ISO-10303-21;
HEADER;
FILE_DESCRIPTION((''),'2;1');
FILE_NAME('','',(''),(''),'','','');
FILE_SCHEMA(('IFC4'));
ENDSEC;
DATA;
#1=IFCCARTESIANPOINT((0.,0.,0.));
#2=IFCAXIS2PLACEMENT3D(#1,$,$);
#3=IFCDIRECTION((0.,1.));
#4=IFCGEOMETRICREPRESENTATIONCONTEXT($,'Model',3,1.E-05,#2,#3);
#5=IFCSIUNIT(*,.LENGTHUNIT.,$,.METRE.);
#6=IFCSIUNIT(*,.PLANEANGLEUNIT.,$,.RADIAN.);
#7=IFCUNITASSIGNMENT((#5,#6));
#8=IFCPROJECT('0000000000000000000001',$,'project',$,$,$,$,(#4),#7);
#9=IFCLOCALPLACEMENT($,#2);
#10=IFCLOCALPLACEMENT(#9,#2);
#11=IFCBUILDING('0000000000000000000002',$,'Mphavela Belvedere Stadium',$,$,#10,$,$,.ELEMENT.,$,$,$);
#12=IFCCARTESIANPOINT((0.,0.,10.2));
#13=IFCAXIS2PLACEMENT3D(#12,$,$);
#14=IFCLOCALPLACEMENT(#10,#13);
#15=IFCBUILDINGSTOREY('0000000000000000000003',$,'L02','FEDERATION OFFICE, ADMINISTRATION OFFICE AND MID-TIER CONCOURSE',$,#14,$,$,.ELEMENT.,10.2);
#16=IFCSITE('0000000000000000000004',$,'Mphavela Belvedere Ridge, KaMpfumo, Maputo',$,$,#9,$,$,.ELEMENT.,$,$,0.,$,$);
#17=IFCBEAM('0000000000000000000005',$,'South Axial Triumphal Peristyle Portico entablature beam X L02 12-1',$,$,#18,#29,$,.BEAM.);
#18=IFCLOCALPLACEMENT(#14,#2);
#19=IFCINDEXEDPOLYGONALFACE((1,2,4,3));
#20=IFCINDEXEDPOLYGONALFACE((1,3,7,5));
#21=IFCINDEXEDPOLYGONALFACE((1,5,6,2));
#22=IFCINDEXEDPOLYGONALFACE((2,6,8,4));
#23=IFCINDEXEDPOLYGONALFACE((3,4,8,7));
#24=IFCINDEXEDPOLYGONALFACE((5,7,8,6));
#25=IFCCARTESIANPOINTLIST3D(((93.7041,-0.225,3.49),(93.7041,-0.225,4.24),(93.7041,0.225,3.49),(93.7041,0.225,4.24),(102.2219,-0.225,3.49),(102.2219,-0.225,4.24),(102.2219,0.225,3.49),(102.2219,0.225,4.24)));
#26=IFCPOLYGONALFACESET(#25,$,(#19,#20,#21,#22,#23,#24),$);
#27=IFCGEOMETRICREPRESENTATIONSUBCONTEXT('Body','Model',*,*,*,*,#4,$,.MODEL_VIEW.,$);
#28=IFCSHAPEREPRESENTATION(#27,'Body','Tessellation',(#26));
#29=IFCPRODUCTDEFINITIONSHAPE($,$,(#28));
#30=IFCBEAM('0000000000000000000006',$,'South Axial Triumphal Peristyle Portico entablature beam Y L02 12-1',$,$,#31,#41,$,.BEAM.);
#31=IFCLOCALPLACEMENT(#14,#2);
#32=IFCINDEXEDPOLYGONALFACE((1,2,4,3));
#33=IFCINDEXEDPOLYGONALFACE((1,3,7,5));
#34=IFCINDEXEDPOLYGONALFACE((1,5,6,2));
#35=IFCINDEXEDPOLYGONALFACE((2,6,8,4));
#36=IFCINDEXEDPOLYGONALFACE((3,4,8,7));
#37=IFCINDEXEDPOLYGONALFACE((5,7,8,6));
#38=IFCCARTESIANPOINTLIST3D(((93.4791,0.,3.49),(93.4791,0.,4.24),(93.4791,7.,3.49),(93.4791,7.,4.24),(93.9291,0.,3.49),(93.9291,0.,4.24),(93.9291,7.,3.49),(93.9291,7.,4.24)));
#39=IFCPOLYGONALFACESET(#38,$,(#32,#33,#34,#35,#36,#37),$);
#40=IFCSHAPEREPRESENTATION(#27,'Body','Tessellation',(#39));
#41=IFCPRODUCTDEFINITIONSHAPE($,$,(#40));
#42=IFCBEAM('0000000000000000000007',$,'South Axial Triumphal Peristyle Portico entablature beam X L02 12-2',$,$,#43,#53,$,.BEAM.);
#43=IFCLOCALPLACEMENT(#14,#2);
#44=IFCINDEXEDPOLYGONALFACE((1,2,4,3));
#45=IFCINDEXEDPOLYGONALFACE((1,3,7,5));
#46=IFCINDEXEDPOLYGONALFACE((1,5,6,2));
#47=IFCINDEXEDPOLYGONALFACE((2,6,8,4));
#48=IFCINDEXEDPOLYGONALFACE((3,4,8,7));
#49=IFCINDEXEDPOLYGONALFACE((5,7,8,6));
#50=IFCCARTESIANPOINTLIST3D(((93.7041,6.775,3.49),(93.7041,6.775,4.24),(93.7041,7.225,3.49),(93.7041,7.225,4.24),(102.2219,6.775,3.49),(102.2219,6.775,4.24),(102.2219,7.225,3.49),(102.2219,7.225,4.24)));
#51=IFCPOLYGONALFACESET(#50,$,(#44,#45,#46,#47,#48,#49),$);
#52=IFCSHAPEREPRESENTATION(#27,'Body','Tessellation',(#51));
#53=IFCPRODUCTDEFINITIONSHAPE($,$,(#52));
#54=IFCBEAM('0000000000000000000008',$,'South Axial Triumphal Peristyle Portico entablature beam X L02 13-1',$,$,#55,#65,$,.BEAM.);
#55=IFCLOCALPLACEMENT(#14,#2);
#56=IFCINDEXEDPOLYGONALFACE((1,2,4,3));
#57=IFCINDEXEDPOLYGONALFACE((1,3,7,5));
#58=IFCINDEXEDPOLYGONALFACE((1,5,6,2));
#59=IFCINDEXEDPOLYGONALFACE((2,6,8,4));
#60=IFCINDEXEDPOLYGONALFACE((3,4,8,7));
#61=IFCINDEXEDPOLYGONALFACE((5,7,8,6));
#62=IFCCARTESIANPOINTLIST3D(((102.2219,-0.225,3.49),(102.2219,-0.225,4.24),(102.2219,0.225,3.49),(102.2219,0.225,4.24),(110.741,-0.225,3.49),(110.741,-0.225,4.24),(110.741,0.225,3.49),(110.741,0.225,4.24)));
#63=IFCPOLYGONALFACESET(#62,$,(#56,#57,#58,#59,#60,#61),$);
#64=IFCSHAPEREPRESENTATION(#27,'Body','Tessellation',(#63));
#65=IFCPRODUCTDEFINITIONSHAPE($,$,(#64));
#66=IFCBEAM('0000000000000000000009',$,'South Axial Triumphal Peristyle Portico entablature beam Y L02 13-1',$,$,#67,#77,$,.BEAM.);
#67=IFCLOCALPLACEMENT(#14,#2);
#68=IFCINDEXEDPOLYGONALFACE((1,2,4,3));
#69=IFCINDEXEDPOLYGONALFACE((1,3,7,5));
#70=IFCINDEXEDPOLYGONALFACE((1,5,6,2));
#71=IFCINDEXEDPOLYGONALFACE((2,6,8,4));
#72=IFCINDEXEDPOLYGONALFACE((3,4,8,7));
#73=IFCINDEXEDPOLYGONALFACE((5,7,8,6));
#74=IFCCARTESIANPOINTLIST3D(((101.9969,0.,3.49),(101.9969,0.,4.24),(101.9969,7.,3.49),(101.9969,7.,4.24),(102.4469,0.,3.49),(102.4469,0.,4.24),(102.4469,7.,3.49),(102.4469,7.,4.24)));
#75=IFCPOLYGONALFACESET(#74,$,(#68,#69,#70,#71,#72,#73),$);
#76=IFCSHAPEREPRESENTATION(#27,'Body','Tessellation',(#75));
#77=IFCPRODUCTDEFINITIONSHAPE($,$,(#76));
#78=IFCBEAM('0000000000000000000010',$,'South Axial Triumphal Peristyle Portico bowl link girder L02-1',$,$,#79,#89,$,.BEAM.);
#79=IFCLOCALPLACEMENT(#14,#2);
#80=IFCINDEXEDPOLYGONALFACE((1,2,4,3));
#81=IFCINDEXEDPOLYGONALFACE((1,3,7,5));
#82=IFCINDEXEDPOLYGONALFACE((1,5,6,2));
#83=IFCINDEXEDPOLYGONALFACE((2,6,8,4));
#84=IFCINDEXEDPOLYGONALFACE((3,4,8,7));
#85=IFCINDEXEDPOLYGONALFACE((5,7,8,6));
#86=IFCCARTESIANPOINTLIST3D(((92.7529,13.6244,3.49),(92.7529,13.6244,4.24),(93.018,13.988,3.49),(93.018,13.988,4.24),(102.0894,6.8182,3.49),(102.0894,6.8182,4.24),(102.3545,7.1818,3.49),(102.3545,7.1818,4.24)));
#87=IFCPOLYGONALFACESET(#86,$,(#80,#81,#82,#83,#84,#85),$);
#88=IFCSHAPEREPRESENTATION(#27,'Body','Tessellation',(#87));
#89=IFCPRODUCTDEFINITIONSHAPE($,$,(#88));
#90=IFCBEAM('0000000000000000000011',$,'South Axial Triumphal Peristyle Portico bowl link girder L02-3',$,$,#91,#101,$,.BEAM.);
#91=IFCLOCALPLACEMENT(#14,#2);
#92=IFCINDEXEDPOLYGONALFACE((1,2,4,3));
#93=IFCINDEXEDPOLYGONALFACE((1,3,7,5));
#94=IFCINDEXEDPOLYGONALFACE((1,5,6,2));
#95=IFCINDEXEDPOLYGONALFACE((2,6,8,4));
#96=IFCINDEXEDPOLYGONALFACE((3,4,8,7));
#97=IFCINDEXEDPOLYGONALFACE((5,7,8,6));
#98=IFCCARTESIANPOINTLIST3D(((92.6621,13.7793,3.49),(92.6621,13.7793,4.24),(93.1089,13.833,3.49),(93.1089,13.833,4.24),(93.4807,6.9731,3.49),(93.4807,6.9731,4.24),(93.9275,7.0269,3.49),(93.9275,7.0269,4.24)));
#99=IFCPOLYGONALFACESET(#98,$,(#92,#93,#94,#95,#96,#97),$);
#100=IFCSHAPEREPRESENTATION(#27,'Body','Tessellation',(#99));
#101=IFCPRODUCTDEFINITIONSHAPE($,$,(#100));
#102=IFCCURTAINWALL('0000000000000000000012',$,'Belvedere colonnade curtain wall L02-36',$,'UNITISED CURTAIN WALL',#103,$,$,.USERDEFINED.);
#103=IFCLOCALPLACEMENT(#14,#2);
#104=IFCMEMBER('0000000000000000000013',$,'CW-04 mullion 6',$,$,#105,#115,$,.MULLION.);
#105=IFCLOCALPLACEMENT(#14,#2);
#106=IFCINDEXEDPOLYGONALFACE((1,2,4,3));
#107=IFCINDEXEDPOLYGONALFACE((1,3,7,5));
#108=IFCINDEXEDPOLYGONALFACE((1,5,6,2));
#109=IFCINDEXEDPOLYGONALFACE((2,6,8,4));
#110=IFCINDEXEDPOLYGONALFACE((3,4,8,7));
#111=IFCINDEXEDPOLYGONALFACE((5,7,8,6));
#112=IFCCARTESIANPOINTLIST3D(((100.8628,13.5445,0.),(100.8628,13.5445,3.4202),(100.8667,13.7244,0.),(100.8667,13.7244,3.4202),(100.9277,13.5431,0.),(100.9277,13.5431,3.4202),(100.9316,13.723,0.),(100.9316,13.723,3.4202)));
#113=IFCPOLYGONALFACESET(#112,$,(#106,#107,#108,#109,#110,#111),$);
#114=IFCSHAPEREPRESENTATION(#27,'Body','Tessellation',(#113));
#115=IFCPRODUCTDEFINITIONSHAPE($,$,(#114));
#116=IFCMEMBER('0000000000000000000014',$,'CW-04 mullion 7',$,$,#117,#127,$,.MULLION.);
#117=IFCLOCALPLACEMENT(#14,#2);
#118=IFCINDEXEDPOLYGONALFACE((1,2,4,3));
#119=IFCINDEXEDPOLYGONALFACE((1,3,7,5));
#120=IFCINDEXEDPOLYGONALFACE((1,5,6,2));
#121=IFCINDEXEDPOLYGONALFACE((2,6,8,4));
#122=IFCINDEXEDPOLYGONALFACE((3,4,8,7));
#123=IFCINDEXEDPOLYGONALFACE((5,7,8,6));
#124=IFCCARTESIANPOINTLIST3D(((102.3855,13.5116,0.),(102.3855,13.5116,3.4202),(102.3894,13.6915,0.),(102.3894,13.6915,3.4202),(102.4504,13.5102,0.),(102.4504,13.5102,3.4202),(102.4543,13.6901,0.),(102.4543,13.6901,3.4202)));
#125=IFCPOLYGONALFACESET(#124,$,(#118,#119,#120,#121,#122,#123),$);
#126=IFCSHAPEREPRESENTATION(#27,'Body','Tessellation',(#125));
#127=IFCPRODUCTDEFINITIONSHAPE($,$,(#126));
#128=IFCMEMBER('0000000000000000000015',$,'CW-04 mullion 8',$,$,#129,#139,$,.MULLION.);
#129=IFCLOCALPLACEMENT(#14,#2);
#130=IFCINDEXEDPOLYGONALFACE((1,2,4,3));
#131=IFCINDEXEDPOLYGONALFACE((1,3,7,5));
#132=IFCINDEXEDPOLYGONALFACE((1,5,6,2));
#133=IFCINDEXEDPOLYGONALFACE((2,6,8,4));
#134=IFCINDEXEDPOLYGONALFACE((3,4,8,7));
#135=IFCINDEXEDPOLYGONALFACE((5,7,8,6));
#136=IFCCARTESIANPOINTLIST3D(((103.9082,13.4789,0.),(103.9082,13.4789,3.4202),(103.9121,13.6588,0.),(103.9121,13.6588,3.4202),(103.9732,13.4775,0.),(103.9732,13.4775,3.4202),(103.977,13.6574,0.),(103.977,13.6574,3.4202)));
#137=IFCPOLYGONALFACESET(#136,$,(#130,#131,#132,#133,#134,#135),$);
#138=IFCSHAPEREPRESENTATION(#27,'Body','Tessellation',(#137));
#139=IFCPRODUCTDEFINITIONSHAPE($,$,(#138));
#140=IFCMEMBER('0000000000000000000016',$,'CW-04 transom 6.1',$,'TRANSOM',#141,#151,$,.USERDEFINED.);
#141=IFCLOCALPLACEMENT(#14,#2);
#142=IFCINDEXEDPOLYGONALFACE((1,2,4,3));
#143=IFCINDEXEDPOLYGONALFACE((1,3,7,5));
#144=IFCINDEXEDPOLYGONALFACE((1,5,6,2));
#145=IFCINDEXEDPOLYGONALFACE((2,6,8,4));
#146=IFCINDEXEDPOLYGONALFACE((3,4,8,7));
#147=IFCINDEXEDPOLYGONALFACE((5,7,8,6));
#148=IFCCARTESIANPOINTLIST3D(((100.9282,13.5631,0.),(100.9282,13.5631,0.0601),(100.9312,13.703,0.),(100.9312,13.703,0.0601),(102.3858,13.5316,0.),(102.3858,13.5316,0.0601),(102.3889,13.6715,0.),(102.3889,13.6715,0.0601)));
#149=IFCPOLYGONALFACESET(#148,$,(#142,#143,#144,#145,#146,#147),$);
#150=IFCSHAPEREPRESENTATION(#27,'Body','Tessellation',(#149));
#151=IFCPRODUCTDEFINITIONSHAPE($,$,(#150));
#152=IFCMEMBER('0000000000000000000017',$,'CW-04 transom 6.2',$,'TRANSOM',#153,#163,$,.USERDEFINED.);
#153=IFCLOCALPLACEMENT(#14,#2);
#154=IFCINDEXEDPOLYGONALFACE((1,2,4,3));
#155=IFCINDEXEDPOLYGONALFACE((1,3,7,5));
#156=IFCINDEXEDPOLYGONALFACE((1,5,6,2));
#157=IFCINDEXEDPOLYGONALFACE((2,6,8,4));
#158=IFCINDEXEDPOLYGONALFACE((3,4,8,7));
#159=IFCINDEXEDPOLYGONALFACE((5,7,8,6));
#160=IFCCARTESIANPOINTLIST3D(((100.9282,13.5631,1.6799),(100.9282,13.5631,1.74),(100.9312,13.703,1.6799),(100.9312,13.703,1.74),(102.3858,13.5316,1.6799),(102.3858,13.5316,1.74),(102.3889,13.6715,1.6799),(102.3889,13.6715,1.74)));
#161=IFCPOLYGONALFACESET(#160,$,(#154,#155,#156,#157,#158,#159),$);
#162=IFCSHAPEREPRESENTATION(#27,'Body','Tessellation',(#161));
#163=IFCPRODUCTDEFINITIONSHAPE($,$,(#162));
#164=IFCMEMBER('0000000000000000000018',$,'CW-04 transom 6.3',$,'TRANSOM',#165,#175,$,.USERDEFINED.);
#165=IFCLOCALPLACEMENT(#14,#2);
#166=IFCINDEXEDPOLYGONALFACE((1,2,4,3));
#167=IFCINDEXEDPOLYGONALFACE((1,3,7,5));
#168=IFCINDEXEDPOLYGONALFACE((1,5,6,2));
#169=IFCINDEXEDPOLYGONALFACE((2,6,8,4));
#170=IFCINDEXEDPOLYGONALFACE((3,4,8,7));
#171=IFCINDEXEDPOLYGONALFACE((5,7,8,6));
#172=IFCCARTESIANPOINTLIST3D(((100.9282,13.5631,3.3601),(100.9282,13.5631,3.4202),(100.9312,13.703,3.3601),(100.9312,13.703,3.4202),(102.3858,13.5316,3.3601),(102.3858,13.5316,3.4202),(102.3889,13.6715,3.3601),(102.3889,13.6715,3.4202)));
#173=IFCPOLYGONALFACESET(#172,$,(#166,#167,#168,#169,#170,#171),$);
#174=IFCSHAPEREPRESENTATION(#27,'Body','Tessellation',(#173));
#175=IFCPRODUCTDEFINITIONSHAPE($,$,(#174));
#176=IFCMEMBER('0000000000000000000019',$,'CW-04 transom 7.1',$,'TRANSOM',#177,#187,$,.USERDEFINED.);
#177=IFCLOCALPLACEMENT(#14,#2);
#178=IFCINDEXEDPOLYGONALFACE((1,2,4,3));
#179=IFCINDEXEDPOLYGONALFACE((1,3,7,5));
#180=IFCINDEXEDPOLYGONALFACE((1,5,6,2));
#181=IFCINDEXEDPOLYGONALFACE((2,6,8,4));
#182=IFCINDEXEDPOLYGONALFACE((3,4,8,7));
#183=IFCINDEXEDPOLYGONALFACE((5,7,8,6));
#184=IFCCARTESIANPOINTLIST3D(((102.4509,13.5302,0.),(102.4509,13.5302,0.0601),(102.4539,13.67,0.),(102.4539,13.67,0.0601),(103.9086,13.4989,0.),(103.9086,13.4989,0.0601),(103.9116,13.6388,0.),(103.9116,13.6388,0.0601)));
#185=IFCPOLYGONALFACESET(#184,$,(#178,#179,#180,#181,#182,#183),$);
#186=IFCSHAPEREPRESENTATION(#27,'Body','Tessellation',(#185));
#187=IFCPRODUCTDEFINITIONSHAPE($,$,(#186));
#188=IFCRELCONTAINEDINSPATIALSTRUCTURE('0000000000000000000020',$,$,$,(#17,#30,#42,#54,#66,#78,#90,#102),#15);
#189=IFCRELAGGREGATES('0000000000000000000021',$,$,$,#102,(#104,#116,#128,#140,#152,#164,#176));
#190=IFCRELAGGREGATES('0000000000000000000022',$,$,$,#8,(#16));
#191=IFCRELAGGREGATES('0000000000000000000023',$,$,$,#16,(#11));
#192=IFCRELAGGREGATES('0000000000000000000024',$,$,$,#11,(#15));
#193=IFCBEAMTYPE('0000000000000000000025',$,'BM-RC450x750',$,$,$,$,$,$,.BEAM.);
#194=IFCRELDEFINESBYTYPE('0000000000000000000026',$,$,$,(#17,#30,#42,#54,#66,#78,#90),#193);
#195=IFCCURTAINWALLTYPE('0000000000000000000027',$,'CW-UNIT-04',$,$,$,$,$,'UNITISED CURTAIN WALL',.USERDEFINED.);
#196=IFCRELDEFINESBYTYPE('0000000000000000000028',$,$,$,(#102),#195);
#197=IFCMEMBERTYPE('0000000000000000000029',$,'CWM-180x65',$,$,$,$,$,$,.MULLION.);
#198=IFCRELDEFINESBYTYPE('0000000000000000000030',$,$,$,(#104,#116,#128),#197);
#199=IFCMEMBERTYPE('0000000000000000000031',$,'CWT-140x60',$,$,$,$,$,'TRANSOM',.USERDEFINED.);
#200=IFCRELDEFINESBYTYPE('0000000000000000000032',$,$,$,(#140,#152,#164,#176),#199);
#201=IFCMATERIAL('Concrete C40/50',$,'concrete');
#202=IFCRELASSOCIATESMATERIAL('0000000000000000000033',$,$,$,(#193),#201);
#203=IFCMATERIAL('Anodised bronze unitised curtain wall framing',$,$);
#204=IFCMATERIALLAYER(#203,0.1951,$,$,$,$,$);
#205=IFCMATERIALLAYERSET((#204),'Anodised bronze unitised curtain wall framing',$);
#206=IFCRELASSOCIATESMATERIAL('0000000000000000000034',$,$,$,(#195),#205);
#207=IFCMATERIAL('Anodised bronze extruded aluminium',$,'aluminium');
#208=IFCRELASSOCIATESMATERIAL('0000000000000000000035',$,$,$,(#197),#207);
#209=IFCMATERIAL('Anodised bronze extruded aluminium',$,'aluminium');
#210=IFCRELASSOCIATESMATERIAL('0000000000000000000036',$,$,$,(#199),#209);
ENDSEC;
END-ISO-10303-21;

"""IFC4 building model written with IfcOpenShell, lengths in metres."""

from ifc_helpers import new_model, si_unit, direction, frame, origin, origin_2d, place, context, subcontext, project, spatial, rectangle, extrude, material, layer, layer_set, material_profile, profile_set, type_object, element, aggregate, save


model = new_model("IFC4")

# Units and contexts
model_context = context("Model", 3, precision=1e-05, world=origin(), true_north=direction((0.0, 1.0)))
body_context = subcontext(model_context, "Body", "Model", "MODEL_VIEW")
ifc_project = project(units=[si_unit("LENGTHUNIT", "METRE"), si_unit("PLANEANGLEUNIT", "RADIAN")], contexts=[model_context])

# Site, building, storey
site_placement = place(None, origin())
site = spatial("IfcSite", under=ifc_project, at=site_placement, Name="Mphavela Belvedere Ridge, KaMpfumo, Maputo", CompositionType="ELEMENT", RefElevation=0.0)
building_placement = place(site_placement, origin())
building = spatial("IfcBuilding", under=site, at=building_placement, Name="Mphavela Belvedere Stadium", CompositionType="ELEMENT")
storey_placement = place(building_placement, frame((0.0, 0.0, 10.2)))
storey = spatial("IfcBuildingStorey", under=building, at=storey_placement, Name="L02", Description="FEDERATION OFFICE, ADMINISTRATION OFFICE AND MID-TIER CONCOURSE", CompositionType="ELEMENT", Elevation=10.2)

# Beams
ifc_material_1 = material(Name="Concrete C40/50", Category="concrete")
ifc_material_profile_1 = material_profile(ifc_material_1, rectangle(XDim=0.45, YDim=0.75, at=origin_2d()), Name="RC 450x750")
ifc_profile_set_1 = profile_set([ifc_material_profile_1], Name="Concrete C40/50")
beam_type_1 = type_object("IfcBeamType", Name="BM-RC450x750", PredefinedType="BEAM", material=ifc_profile_set_1)
beam_1_placement = place(storey_placement, frame((93.7041, 0.0, 3.865), z_axis=(1.0, 0.0, 0.0), x_axis=(0.0, 1.0, 0.0)))
element("IfcBeam", 1, at=beam_1_placement, inside=storey, type_object=beam_type_1, Name="South Axial Triumphal Peristyle Portico entablature beam X L02 12-1", PredefinedType="BEAM", context=body_context, shape_type="SweptSolid", body=[
    extrude(rectangle(XDim=0.45, YDim=0.75, at=origin_2d()), origin(), (0.0, 0.0, 1.0), 8.5178),
])
beam_2_placement = place(storey_placement, frame((93.7041, 0.0, 3.865), z_axis=(0.0, 1.0, 0.0), x_axis=(-1.0, 0.0, 0.0)))
element("IfcBeam", 2, at=beam_2_placement, inside=storey, type_object=beam_type_1, Name="South Axial Triumphal Peristyle Portico entablature beam Y L02 12-1", PredefinedType="BEAM", context=body_context, shape_type="SweptSolid", body=[
    extrude(rectangle(XDim=0.45, YDim=0.75, at=origin_2d()), origin(), (0.0, 0.0, 1.0), 7.0),
])
beam_3_placement = place(storey_placement, frame((93.7041, 7.0, 3.865), z_axis=(1.0, 0.0, 0.0), x_axis=(0.0, 1.0, 0.0)))
element("IfcBeam", 3, at=beam_3_placement, inside=storey, type_object=beam_type_1, Name="South Axial Triumphal Peristyle Portico entablature beam X L02 12-2", PredefinedType="BEAM", context=body_context, shape_type="SweptSolid", body=[
    extrude(rectangle(XDim=0.45, YDim=0.75, at=origin_2d()), origin(), (0.0, 0.0, 1.0), 8.5178),
])
beam_4_placement = place(storey_placement, frame((102.2219, 0.0, 3.865), z_axis=(1.0, 0.0, 0.0), x_axis=(0.0, 1.0, 0.0)))
element("IfcBeam", 4, at=beam_4_placement, inside=storey, type_object=beam_type_1, Name="South Axial Triumphal Peristyle Portico entablature beam X L02 13-1", PredefinedType="BEAM", context=body_context, shape_type="SweptSolid", body=[
    extrude(rectangle(XDim=0.45, YDim=0.75, at=origin_2d()), origin(), (0.0, 0.0, 1.0), 8.519),
])
beam_5_placement = place(storey_placement, frame((102.2219, 0.0, 3.865), z_axis=(0.0, 1.0, 0.0), x_axis=(-1.0, 0.0, 0.0)))
element("IfcBeam", 5, at=beam_5_placement, inside=storey, type_object=beam_type_1, Name="South Axial Triumphal Peristyle Portico entablature beam Y L02 13-1", PredefinedType="BEAM", context=body_context, shape_type="SweptSolid", body=[
    extrude(rectangle(XDim=0.45, YDim=0.75, at=origin_2d()), origin(), (0.0, 0.0, 1.0), 7.0),
])
beam_6_placement = place(storey_placement, frame((102.2219, 7.0, 3.865), z_axis=(-0.808076, 0.589078, 0.0), x_axis=(-0.589078, -0.808076, 0.0)))
element("IfcBeam", 6, at=beam_6_placement, inside=storey, type_object=beam_type_1, Name="South Axial Triumphal Peristyle Portico bowl link girder L02-1", PredefinedType="BEAM", context=body_context, shape_type="SweptSolid", body=[
    extrude(rectangle(XDim=0.45, YDim=0.75, at=origin_2d()), origin(), (0.0, 0.0, 1.0), 11.554),
])
beam_7_placement = place(storey_placement, frame((93.7041, 7.0, 3.865), z_axis=(-0.119413, 0.992845, 0.0), x_axis=(-0.992845, -0.119413, 0.0)))
element("IfcBeam", 7, at=beam_7_placement, inside=storey, type_object=beam_type_1, Name="South Axial Triumphal Peristyle Portico bowl link girder L02-3", PredefinedType="BEAM", context=body_context, shape_type="SweptSolid", body=[
    extrude(rectangle(XDim=0.45, YDim=0.75, at=origin_2d()), origin(), (0.0, 0.0, 1.0), 6.8552),
])

# Curtain wall, members
ifc_material_2 = material(Name="Anodised bronze unitised curtain wall framing")
ifc_layer_1 = layer(ifc_material_2, 0.1951)
ifc_layer_set_1 = layer_set([ifc_layer_1], Name="Anodised bronze unitised curtain wall framing")
curtain_wall_type = type_object("IfcCurtainWallType", Name="CW-UNIT-04", ElementType="UNITISED CURTAIN WALL", PredefinedType="USERDEFINED", material=ifc_layer_set_1)
curtain_wall_placement = place(storey_placement, origin())
curtain_wall = element("IfcCurtainWall", 8, at=curtain_wall_placement, inside=storey, type_object=curtain_wall_type, Name="Belvedere colonnade curtain wall L02-36", ObjectType="UNITISED CURTAIN WALL", PredefinedType="USERDEFINED")
ifc_material_3 = material(Name="Anodised bronze extruded aluminium", Category="aluminium")
ifc_material_profile_2 = material_profile(ifc_material_3, rectangle(XDim=0.1799, YDim=0.0649, at=origin_2d()), Name="CW-MUL 180x65")
ifc_profile_set_2 = profile_set([ifc_material_profile_2], Name="Anodised bronze extruded aluminium")
member_type_1 = type_object("IfcMemberType", Name="CWM-180x65", PredefinedType="MULLION", material=ifc_profile_set_2)
member_1_placement = place(storey_placement, frame((100.8972, 13.6338, 0.0), z_axis=(0.0, 0.0, 1.0), x_axis=(0.021525, 0.999768, 0.0)))
member_1 = element("IfcMember", 9, at=member_1_placement, type_object=member_type_1, Name="CW-04 mullion 6", PredefinedType="MULLION", context=body_context, shape_type="SweptSolid", body=[
    extrude(rectangle(XDim=0.1799, YDim=0.0649, at=origin_2d()), origin(), (0.0, 0.0, 1.0), 3.4202),
])
member_2_placement = place(storey_placement, frame((102.4199, 13.6008, 0.0), z_axis=(0.0, 0.0, 1.0), x_axis=(0.021525, 0.999768, 0.0)))
member_2 = element("IfcMember", 10, at=member_2_placement, type_object=member_type_1, Name="CW-04 mullion 7", PredefinedType="MULLION", context=body_context, shape_type="SweptSolid", body=[
    extrude(rectangle(XDim=0.1799, YDim=0.0649, at=origin_2d()), origin(), (0.0, 0.0, 1.0), 3.4202),
])
member_3_placement = place(storey_placement, frame((103.9426, 13.5681, 0.0), z_axis=(0.0, 0.0, 1.0), x_axis=(0.021525, 0.999768, 0.0)))
member_3 = element("IfcMember", 11, at=member_3_placement, type_object=member_type_1, Name="CW-04 mullion 8", PredefinedType="MULLION", context=body_context, shape_type="SweptSolid", body=[
    extrude(rectangle(XDim=0.1799, YDim=0.0649, at=origin_2d()), origin(), (0.0, 0.0, 1.0), 3.4202),
])
ifc_material_4 = material(Name="Anodised bronze extruded aluminium", Category="aluminium")
ifc_material_profile_3 = material_profile(ifc_material_4, rectangle(XDim=0.1399, YDim=0.0601, at=origin_2d()), Name="CW-TRN 140x60")
ifc_profile_set_3 = profile_set([ifc_material_profile_3], Name="Anodised bronze extruded aluminium")
member_type_2 = type_object("IfcMemberType", Name="CWT-140x60", ElementType="TRANSOM", PredefinedType="USERDEFINED", material=ifc_profile_set_3)
member_4_placement = place(storey_placement, frame((100.9297, 13.6331, 0.03), z_axis=(0.999767, -0.021599, 0.0), x_axis=(0.021599, 0.999767, 0.0)))
member_4 = element("IfcMember", 12, at=member_4_placement, type_object=member_type_2, Name="CW-04 transom 6.1", ObjectType="TRANSOM", PredefinedType="USERDEFINED", context=body_context, shape_type="SweptSolid", body=[
    extrude(rectangle(XDim=0.1399, YDim=0.0601, at=origin_2d()), origin(), (0.0, 0.0, 1.0), 1.458),
])
member_5_placement = place(storey_placement, frame((100.9297, 13.6331, 1.71), z_axis=(0.999767, -0.021599, 0.0), x_axis=(0.021599, 0.999767, 0.0)))
member_5 = element("IfcMember", 13, at=member_5_placement, type_object=member_type_2, Name="CW-04 transom 6.2", ObjectType="TRANSOM", PredefinedType="USERDEFINED", context=body_context, shape_type="SweptSolid", body=[
    extrude(rectangle(XDim=0.1399, YDim=0.0601, at=origin_2d()), origin(), (0.0, 0.0, 1.0), 1.458),
])
member_6_placement = place(storey_placement, frame((100.9297, 13.6331, 3.3901), z_axis=(0.999767, -0.021599, 0.0), x_axis=(0.021599, 0.999767, 0.0)))
member_6 = element("IfcMember", 14, at=member_6_placement, type_object=member_type_2, Name="CW-04 transom 6.3", ObjectType="TRANSOM", PredefinedType="USERDEFINED", context=body_context, shape_type="SweptSolid", body=[
    extrude(rectangle(XDim=0.1399, YDim=0.0601, at=origin_2d()), origin(), (0.0, 0.0, 1.0), 1.458),
])
member_7_placement = place(storey_placement, frame((102.4524, 13.6001, 0.03), z_axis=(0.99977, -0.021432, 0.0), x_axis=(0.021432, 0.99977, 0.0)))
member_7 = element("IfcMember", 15, at=member_7_placement, type_object=member_type_2, Name="CW-04 transom 7.1", ObjectType="TRANSOM", PredefinedType="USERDEFINED", context=body_context, shape_type="SweptSolid", body=[
    extrude(rectangle(XDim=0.1399, YDim=0.0601, at=origin_2d()), origin(), (0.0, 0.0, 1.0), 1.458),
])
aggregate(curtain_wall, [member_1, member_2, member_3, member_4, member_5, member_6, member_7])

save(model, "model.ifc")
